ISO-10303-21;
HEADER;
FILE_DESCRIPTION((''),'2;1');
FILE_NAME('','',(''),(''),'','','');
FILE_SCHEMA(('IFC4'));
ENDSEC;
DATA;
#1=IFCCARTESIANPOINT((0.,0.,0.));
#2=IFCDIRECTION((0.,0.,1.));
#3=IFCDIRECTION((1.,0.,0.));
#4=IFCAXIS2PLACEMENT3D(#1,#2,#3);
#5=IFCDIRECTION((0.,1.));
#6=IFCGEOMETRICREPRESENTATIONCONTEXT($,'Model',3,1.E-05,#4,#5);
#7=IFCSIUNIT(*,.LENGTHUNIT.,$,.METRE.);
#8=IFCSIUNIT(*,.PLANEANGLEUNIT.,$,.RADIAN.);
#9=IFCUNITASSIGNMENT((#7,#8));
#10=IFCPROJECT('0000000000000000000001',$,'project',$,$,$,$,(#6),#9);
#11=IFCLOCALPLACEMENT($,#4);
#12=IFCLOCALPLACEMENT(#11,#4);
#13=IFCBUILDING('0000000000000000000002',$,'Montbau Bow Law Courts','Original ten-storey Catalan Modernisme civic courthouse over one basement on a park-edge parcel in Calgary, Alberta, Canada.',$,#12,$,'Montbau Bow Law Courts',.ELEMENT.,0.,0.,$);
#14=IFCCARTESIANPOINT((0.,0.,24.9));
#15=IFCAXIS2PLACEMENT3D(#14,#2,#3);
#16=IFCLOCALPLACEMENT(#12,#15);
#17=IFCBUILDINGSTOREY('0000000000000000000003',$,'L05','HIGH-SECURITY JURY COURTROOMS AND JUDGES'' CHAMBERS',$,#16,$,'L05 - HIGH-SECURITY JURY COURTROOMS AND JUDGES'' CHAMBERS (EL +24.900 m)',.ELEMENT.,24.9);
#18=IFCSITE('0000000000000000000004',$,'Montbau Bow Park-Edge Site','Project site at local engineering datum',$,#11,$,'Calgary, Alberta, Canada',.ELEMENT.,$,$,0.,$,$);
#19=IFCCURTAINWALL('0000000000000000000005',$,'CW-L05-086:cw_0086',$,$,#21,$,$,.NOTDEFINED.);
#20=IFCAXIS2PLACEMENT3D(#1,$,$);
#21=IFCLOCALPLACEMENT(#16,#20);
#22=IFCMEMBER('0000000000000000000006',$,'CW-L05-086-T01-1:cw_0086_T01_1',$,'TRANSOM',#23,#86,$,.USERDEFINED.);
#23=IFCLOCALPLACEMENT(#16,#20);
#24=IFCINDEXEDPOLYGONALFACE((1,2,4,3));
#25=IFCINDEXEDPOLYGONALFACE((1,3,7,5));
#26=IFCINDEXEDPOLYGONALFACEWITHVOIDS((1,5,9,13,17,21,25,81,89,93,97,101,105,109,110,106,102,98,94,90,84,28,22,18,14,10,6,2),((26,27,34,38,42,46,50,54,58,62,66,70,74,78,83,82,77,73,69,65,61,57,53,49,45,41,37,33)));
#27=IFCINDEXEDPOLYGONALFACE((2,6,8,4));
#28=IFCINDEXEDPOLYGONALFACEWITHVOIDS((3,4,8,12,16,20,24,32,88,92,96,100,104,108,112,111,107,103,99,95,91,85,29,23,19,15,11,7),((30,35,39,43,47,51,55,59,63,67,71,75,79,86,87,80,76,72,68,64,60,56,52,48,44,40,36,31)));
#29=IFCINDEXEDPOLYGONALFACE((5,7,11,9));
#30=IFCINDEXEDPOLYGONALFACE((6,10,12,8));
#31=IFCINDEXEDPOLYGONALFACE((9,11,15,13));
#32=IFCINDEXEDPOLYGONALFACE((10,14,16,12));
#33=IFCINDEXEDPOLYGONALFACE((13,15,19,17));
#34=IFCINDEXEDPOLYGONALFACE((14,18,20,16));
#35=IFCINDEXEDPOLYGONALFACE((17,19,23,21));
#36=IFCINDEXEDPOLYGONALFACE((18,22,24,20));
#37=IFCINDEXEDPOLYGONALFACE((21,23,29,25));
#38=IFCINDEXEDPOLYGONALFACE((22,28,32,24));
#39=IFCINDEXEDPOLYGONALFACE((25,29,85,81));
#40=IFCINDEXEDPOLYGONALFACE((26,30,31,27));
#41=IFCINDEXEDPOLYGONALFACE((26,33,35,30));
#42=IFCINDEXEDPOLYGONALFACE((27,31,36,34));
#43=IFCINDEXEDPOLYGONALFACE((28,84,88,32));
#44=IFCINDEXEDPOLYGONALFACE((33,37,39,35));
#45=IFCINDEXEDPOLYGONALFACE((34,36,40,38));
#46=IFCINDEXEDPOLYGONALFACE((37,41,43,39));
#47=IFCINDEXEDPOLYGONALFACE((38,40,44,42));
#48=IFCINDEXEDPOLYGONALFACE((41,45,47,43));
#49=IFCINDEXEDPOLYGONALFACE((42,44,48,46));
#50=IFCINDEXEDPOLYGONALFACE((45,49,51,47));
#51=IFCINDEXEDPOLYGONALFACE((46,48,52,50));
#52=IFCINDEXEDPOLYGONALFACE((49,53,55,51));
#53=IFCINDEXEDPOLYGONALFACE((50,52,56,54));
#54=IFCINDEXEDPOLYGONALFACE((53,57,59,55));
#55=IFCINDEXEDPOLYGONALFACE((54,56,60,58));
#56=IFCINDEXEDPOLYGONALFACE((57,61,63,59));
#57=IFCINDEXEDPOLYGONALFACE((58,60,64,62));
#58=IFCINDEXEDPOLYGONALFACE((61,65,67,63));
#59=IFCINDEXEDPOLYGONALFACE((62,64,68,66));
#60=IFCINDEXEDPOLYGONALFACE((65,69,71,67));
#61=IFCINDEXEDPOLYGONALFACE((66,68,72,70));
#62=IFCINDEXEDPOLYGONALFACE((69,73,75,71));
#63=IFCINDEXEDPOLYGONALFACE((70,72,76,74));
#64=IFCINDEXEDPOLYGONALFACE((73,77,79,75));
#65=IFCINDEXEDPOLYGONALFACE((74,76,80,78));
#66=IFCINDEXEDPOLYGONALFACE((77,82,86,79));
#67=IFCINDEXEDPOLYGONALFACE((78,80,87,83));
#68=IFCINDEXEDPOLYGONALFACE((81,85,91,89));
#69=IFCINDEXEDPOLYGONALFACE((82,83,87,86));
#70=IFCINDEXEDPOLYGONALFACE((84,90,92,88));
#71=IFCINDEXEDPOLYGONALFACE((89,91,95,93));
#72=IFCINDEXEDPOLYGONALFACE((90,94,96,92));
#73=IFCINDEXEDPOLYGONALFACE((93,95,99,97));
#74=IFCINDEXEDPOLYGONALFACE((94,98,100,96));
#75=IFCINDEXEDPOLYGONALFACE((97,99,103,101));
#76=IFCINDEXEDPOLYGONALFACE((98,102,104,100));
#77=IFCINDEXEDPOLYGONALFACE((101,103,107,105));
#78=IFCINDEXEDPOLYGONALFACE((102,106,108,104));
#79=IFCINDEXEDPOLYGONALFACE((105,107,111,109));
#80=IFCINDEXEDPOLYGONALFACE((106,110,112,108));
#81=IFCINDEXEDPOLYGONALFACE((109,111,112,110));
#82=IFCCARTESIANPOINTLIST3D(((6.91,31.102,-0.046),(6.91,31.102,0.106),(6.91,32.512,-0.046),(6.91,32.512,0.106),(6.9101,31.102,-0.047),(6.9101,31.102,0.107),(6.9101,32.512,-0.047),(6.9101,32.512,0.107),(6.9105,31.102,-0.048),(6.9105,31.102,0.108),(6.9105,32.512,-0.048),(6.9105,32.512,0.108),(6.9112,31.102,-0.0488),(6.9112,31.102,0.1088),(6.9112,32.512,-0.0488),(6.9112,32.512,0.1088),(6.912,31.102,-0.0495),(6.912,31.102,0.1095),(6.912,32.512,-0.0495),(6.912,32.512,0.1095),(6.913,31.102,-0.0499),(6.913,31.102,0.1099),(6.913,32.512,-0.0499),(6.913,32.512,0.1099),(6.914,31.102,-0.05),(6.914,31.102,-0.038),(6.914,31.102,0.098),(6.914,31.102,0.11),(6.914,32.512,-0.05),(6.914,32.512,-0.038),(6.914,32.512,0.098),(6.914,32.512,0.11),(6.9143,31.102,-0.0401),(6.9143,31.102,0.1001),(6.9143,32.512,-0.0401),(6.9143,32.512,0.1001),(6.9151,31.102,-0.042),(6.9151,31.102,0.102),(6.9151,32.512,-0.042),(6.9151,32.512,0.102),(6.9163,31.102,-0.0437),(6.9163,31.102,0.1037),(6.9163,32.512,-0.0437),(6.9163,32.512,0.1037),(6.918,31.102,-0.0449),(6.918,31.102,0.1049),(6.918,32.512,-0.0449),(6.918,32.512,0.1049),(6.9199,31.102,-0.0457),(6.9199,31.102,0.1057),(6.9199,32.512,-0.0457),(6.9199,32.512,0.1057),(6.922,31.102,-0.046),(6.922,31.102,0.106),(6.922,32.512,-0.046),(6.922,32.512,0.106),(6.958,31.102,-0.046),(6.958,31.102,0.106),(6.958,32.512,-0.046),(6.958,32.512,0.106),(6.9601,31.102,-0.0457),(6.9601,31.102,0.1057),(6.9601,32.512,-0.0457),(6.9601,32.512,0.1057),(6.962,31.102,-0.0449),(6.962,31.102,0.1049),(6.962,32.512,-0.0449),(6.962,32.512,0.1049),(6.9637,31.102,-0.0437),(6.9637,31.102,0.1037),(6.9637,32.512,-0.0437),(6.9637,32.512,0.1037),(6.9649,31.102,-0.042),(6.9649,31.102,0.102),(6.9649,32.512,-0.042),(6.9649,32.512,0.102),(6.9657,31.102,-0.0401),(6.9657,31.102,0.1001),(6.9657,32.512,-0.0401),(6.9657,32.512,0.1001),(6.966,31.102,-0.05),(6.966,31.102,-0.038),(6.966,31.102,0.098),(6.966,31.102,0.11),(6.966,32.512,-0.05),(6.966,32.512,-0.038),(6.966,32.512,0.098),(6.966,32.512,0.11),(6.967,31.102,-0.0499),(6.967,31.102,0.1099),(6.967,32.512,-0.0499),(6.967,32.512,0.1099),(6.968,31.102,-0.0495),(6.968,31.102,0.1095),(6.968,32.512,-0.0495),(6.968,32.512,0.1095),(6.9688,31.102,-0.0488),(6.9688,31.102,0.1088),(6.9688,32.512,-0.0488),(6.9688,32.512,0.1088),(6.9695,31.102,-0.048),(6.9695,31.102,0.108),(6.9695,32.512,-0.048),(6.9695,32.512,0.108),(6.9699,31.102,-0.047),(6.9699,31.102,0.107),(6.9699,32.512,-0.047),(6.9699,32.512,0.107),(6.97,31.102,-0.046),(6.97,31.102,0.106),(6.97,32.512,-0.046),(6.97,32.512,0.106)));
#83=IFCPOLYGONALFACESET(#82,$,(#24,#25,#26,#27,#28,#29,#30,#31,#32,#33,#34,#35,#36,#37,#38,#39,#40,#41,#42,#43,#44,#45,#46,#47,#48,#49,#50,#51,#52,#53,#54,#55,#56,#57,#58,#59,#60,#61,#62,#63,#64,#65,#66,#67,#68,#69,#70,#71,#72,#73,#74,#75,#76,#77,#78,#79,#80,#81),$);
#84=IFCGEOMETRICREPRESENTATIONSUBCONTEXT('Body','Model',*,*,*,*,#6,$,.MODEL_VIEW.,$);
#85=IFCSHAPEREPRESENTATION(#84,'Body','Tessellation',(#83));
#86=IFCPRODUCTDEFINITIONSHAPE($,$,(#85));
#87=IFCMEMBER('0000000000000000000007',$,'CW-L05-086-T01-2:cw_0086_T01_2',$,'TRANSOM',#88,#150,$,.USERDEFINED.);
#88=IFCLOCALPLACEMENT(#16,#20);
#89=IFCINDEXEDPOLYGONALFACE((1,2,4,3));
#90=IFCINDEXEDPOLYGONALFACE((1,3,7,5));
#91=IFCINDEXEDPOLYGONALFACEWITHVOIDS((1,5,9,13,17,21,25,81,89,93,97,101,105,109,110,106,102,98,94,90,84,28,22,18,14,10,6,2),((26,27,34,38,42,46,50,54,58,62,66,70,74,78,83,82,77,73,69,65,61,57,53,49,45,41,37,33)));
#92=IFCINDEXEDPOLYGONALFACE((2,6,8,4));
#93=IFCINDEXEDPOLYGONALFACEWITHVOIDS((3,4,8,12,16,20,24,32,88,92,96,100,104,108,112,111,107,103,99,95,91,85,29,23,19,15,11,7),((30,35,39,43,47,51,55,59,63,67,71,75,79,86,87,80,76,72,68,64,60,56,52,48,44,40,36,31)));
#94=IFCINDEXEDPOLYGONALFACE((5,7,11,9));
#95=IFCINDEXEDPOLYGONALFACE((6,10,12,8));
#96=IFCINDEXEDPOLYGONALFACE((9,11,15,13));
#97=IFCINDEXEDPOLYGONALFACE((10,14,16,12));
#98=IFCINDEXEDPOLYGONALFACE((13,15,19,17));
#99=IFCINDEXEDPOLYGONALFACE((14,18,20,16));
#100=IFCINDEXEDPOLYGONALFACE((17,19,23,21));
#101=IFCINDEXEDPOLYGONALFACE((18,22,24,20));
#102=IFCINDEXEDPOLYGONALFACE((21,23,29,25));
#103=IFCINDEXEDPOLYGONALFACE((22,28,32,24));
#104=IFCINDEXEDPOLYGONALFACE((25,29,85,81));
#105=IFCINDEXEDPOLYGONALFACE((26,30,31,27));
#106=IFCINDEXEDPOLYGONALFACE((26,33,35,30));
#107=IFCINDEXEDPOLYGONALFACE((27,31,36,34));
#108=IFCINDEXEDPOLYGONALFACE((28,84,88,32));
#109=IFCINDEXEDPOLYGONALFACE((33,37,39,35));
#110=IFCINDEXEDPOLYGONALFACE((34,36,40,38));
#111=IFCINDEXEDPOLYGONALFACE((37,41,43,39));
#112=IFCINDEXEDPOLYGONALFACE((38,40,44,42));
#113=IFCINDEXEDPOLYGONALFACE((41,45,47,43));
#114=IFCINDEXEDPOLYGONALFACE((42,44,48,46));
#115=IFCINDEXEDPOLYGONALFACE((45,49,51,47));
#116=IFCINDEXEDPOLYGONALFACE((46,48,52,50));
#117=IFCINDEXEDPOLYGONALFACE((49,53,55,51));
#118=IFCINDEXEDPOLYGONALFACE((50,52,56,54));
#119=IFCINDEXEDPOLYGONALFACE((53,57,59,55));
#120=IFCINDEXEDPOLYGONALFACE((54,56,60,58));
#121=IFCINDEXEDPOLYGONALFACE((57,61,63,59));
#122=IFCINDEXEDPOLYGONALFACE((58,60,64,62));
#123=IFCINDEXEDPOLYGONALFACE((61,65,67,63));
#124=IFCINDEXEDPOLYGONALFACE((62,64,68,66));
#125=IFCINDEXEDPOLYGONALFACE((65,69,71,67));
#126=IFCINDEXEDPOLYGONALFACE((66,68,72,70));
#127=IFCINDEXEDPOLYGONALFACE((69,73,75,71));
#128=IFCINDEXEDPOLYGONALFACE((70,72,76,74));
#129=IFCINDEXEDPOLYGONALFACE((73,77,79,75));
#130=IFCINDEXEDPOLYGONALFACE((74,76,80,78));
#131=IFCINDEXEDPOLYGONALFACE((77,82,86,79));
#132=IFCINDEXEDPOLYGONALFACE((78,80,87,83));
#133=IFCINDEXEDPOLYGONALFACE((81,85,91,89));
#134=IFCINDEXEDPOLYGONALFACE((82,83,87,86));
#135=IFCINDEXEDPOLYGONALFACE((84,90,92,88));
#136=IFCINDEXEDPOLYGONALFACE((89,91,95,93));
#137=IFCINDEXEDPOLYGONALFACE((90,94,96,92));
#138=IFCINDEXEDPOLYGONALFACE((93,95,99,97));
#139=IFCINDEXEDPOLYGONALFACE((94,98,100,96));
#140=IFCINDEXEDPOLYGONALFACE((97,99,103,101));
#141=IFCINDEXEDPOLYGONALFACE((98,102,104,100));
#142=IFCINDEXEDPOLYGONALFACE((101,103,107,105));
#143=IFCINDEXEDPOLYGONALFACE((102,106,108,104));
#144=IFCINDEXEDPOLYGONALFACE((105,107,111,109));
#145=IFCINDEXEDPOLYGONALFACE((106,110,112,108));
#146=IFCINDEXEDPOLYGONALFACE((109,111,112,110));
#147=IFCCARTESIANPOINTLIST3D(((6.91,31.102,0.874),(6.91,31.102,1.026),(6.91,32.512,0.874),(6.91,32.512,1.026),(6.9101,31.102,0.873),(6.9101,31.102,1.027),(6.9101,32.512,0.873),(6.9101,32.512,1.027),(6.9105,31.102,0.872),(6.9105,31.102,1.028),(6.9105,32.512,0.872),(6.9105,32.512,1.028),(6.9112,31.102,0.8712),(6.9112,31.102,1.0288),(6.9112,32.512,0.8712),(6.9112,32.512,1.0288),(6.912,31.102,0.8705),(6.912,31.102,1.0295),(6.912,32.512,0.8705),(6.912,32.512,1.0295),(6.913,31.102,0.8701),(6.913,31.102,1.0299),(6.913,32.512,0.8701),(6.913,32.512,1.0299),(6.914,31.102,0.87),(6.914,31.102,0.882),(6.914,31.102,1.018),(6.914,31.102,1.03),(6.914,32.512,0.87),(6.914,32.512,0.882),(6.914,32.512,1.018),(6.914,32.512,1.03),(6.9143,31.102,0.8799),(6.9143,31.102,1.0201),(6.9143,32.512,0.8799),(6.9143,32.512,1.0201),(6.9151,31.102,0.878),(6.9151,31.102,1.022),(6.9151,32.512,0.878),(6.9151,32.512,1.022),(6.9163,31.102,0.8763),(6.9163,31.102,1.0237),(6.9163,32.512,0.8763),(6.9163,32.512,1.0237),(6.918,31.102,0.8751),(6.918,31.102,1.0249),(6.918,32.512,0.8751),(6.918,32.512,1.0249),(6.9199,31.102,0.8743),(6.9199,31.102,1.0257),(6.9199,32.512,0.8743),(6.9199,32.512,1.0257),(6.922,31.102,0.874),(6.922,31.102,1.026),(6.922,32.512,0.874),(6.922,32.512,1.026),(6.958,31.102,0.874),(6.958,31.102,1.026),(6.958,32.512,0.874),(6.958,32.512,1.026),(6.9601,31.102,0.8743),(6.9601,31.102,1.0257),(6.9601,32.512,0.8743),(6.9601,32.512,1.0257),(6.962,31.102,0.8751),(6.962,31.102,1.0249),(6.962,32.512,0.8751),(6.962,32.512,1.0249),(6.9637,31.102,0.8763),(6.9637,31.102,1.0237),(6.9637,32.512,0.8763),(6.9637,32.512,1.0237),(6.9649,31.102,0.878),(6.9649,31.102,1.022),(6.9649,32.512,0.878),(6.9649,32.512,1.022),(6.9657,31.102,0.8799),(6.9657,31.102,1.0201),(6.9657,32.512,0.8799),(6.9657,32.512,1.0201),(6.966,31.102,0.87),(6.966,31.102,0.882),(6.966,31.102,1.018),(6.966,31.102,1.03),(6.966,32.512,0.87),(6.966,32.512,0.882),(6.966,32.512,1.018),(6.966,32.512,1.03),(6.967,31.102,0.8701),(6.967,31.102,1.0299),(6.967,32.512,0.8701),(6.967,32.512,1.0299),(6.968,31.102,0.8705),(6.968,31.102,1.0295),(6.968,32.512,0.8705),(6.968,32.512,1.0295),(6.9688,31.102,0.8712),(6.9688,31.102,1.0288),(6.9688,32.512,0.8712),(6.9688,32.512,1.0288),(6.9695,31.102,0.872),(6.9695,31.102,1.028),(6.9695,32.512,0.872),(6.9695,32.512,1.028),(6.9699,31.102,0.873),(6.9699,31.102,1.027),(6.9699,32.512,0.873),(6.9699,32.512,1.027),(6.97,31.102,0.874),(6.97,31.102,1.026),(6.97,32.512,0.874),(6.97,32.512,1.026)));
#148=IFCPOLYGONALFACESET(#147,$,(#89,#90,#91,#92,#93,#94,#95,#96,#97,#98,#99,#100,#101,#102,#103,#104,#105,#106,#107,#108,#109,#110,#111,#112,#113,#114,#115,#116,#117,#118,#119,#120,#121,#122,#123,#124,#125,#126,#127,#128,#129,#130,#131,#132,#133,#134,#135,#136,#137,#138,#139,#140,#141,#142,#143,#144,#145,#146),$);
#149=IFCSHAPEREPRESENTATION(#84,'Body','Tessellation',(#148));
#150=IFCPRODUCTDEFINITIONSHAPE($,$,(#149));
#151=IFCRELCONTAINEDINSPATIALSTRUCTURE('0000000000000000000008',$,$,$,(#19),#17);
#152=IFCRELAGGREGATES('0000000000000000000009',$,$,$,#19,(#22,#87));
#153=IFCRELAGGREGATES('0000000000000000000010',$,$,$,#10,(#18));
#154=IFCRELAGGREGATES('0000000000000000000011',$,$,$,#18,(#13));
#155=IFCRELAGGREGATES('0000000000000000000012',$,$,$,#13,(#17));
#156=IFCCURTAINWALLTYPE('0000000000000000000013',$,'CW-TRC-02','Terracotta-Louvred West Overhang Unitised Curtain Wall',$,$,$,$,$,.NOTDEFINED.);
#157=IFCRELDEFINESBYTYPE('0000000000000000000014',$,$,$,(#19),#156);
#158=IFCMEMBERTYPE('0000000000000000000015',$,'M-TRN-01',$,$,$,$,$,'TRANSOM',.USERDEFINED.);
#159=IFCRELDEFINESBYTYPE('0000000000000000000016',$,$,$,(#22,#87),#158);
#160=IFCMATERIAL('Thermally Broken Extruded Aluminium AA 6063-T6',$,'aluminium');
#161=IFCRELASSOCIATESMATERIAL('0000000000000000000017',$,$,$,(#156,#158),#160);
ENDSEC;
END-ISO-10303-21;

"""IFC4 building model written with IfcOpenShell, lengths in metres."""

from ifc_helpers import new_model, si_unit, direction, frame, origin_with_axes, origin_2d_with_axis, place, context, subcontext, project, spatial, hollow_rectangle, extrude, material, material_profile, profile_set, type_object, element, aggregate, save


model = new_model("IFC4")

# Units and contexts
model_context = context("Model", 3, precision=1e-05, world=origin_with_axes(), true_north=direction((0.0, 1.0)))
body_context = subcontext(model_context, "Body", "Model", "MODEL_VIEW")
ifc_project = project(units=[si_unit("LENGTHUNIT", "METRE"), si_unit("PLANEANGLEUNIT", "RADIAN")], contexts=[model_context])

# Site, building, storey
site_placement = place(None, origin_with_axes())
site = spatial("IfcSite", under=ifc_project, at=site_placement, Name="Montbau Bow Park-Edge Site", Description="Project site at local engineering datum", LongName="Calgary, Alberta, Canada", CompositionType="ELEMENT", RefElevation=0.0)
building_placement = place(site_placement, origin_with_axes())
building = spatial("IfcBuilding", under=site, at=building_placement, Name="Montbau Bow Law Courts", Description="Original ten-storey Catalan Modernisme civic courthouse over one basement on a park-edge parcel in Calgary, Alberta, Canada.", LongName="Montbau Bow Law Courts", CompositionType="ELEMENT", ElevationOfRefHeight=0.0, ElevationOfTerrain=0.0)
storey_placement = place(building_placement, frame((0.0, 0.0, 24.9), z_axis=(0.0, 0.0, 1.0), x_axis=(1.0, 0.0, 0.0)))
storey = spatial("IfcBuildingStorey", under=building, at=storey_placement, Name="L05", Description="HIGH-SECURITY JURY COURTROOMS AND JUDGES' CHAMBERS", LongName="L05 - HIGH-SECURITY JURY COURTROOMS AND JUDGES' CHAMBERS (EL +24.900 m)", CompositionType="ELEMENT", Elevation=24.9)

# Curtain wall, members
ifc_material_1 = material(Name="Thermally Broken Extruded Aluminium AA 6063-T6", Category="aluminium")
curtain_wall_type = type_object("IfcCurtainWallType", Name="CW-TRC-02", Description="Terracotta-Louvred West Overhang Unitised Curtain Wall", PredefinedType="NOTDEFINED", material=ifc_material_1)
curtain_wall_placement = place(None, frame((6.94, 31.04, 24.9), z_axis=(0.0, 0.0, 1.0), x_axis=(1.0, 0.0, 0.0)))
curtain_wall = element("IfcCurtainWall", 1, at=curtain_wall_placement, inside=storey, type_object=curtain_wall_type, Name="CW-L05-086:cw_0086", PredefinedType="NOTDEFINED")
ifc_material_profile_1 = material_profile(ifc_material_1, hollow_rectangle(XDim=0.06, YDim=0.16, WallThickness=0.004, InnerFilletRadius=0.008, OuterFilletRadius=0.004, at=origin_2d_with_axis()), Name="CWT-160X60", Category="Main", Priority=0)
ifc_profile_set_1 = profile_set([ifc_material_profile_1], Name="Thermally Broken Extruded Aluminium AA 6063-T6")
member_type_1 = type_object("IfcMemberType", Name="M-TRN-01", ElementType="TRANSOM", PredefinedType="USERDEFINED", material=ifc_profile_set_1)
member_1_placement = place(None, frame((6.94, 31.102, 24.93), z_axis=(0.0, 1.0, 0.0), x_axis=(-1.0, 0.0, 0.0)))
member_1 = element("IfcMember", 2, at=member_1_placement, type_object=member_type_1, Name="CW-L05-086-T01-1:cw_0086_T01_1", ObjectType="TRANSOM", PredefinedType="USERDEFINED", context=body_context, shape_type="SweptSolid", body=[
    extrude(hollow_rectangle(XDim=0.06, YDim=0.16, WallThickness=0.004, InnerFilletRadius=0.008, OuterFilletRadius=0.004, at=origin_2d_with_axis()), origin_with_axes(), (0.0, 0.0, 1.0), 1.41),
])
member_2_placement = place(None, frame((6.94, 31.102, 25.85), z_axis=(0.0, 1.0, 0.0), x_axis=(-1.0, 0.0, 0.0)))
member_2 = element("IfcMember", 3, at=member_2_placement, type_object=member_type_1, Name="CW-L05-086-T01-2:cw_0086_T01_2", ObjectType="TRANSOM", PredefinedType="USERDEFINED", context=body_context, shape_type="SweptSolid", body=[
    extrude(hollow_rectangle(XDim=0.06, YDim=0.16, WallThickness=0.004, InnerFilletRadius=0.008, OuterFilletRadius=0.004, at=origin_2d_with_axis()), origin_with_axes(), (0.0, 0.0, 1.0), 1.41),
])
aggregate(curtain_wall, [member_1, member_2])

save(model, "model.ifc")
